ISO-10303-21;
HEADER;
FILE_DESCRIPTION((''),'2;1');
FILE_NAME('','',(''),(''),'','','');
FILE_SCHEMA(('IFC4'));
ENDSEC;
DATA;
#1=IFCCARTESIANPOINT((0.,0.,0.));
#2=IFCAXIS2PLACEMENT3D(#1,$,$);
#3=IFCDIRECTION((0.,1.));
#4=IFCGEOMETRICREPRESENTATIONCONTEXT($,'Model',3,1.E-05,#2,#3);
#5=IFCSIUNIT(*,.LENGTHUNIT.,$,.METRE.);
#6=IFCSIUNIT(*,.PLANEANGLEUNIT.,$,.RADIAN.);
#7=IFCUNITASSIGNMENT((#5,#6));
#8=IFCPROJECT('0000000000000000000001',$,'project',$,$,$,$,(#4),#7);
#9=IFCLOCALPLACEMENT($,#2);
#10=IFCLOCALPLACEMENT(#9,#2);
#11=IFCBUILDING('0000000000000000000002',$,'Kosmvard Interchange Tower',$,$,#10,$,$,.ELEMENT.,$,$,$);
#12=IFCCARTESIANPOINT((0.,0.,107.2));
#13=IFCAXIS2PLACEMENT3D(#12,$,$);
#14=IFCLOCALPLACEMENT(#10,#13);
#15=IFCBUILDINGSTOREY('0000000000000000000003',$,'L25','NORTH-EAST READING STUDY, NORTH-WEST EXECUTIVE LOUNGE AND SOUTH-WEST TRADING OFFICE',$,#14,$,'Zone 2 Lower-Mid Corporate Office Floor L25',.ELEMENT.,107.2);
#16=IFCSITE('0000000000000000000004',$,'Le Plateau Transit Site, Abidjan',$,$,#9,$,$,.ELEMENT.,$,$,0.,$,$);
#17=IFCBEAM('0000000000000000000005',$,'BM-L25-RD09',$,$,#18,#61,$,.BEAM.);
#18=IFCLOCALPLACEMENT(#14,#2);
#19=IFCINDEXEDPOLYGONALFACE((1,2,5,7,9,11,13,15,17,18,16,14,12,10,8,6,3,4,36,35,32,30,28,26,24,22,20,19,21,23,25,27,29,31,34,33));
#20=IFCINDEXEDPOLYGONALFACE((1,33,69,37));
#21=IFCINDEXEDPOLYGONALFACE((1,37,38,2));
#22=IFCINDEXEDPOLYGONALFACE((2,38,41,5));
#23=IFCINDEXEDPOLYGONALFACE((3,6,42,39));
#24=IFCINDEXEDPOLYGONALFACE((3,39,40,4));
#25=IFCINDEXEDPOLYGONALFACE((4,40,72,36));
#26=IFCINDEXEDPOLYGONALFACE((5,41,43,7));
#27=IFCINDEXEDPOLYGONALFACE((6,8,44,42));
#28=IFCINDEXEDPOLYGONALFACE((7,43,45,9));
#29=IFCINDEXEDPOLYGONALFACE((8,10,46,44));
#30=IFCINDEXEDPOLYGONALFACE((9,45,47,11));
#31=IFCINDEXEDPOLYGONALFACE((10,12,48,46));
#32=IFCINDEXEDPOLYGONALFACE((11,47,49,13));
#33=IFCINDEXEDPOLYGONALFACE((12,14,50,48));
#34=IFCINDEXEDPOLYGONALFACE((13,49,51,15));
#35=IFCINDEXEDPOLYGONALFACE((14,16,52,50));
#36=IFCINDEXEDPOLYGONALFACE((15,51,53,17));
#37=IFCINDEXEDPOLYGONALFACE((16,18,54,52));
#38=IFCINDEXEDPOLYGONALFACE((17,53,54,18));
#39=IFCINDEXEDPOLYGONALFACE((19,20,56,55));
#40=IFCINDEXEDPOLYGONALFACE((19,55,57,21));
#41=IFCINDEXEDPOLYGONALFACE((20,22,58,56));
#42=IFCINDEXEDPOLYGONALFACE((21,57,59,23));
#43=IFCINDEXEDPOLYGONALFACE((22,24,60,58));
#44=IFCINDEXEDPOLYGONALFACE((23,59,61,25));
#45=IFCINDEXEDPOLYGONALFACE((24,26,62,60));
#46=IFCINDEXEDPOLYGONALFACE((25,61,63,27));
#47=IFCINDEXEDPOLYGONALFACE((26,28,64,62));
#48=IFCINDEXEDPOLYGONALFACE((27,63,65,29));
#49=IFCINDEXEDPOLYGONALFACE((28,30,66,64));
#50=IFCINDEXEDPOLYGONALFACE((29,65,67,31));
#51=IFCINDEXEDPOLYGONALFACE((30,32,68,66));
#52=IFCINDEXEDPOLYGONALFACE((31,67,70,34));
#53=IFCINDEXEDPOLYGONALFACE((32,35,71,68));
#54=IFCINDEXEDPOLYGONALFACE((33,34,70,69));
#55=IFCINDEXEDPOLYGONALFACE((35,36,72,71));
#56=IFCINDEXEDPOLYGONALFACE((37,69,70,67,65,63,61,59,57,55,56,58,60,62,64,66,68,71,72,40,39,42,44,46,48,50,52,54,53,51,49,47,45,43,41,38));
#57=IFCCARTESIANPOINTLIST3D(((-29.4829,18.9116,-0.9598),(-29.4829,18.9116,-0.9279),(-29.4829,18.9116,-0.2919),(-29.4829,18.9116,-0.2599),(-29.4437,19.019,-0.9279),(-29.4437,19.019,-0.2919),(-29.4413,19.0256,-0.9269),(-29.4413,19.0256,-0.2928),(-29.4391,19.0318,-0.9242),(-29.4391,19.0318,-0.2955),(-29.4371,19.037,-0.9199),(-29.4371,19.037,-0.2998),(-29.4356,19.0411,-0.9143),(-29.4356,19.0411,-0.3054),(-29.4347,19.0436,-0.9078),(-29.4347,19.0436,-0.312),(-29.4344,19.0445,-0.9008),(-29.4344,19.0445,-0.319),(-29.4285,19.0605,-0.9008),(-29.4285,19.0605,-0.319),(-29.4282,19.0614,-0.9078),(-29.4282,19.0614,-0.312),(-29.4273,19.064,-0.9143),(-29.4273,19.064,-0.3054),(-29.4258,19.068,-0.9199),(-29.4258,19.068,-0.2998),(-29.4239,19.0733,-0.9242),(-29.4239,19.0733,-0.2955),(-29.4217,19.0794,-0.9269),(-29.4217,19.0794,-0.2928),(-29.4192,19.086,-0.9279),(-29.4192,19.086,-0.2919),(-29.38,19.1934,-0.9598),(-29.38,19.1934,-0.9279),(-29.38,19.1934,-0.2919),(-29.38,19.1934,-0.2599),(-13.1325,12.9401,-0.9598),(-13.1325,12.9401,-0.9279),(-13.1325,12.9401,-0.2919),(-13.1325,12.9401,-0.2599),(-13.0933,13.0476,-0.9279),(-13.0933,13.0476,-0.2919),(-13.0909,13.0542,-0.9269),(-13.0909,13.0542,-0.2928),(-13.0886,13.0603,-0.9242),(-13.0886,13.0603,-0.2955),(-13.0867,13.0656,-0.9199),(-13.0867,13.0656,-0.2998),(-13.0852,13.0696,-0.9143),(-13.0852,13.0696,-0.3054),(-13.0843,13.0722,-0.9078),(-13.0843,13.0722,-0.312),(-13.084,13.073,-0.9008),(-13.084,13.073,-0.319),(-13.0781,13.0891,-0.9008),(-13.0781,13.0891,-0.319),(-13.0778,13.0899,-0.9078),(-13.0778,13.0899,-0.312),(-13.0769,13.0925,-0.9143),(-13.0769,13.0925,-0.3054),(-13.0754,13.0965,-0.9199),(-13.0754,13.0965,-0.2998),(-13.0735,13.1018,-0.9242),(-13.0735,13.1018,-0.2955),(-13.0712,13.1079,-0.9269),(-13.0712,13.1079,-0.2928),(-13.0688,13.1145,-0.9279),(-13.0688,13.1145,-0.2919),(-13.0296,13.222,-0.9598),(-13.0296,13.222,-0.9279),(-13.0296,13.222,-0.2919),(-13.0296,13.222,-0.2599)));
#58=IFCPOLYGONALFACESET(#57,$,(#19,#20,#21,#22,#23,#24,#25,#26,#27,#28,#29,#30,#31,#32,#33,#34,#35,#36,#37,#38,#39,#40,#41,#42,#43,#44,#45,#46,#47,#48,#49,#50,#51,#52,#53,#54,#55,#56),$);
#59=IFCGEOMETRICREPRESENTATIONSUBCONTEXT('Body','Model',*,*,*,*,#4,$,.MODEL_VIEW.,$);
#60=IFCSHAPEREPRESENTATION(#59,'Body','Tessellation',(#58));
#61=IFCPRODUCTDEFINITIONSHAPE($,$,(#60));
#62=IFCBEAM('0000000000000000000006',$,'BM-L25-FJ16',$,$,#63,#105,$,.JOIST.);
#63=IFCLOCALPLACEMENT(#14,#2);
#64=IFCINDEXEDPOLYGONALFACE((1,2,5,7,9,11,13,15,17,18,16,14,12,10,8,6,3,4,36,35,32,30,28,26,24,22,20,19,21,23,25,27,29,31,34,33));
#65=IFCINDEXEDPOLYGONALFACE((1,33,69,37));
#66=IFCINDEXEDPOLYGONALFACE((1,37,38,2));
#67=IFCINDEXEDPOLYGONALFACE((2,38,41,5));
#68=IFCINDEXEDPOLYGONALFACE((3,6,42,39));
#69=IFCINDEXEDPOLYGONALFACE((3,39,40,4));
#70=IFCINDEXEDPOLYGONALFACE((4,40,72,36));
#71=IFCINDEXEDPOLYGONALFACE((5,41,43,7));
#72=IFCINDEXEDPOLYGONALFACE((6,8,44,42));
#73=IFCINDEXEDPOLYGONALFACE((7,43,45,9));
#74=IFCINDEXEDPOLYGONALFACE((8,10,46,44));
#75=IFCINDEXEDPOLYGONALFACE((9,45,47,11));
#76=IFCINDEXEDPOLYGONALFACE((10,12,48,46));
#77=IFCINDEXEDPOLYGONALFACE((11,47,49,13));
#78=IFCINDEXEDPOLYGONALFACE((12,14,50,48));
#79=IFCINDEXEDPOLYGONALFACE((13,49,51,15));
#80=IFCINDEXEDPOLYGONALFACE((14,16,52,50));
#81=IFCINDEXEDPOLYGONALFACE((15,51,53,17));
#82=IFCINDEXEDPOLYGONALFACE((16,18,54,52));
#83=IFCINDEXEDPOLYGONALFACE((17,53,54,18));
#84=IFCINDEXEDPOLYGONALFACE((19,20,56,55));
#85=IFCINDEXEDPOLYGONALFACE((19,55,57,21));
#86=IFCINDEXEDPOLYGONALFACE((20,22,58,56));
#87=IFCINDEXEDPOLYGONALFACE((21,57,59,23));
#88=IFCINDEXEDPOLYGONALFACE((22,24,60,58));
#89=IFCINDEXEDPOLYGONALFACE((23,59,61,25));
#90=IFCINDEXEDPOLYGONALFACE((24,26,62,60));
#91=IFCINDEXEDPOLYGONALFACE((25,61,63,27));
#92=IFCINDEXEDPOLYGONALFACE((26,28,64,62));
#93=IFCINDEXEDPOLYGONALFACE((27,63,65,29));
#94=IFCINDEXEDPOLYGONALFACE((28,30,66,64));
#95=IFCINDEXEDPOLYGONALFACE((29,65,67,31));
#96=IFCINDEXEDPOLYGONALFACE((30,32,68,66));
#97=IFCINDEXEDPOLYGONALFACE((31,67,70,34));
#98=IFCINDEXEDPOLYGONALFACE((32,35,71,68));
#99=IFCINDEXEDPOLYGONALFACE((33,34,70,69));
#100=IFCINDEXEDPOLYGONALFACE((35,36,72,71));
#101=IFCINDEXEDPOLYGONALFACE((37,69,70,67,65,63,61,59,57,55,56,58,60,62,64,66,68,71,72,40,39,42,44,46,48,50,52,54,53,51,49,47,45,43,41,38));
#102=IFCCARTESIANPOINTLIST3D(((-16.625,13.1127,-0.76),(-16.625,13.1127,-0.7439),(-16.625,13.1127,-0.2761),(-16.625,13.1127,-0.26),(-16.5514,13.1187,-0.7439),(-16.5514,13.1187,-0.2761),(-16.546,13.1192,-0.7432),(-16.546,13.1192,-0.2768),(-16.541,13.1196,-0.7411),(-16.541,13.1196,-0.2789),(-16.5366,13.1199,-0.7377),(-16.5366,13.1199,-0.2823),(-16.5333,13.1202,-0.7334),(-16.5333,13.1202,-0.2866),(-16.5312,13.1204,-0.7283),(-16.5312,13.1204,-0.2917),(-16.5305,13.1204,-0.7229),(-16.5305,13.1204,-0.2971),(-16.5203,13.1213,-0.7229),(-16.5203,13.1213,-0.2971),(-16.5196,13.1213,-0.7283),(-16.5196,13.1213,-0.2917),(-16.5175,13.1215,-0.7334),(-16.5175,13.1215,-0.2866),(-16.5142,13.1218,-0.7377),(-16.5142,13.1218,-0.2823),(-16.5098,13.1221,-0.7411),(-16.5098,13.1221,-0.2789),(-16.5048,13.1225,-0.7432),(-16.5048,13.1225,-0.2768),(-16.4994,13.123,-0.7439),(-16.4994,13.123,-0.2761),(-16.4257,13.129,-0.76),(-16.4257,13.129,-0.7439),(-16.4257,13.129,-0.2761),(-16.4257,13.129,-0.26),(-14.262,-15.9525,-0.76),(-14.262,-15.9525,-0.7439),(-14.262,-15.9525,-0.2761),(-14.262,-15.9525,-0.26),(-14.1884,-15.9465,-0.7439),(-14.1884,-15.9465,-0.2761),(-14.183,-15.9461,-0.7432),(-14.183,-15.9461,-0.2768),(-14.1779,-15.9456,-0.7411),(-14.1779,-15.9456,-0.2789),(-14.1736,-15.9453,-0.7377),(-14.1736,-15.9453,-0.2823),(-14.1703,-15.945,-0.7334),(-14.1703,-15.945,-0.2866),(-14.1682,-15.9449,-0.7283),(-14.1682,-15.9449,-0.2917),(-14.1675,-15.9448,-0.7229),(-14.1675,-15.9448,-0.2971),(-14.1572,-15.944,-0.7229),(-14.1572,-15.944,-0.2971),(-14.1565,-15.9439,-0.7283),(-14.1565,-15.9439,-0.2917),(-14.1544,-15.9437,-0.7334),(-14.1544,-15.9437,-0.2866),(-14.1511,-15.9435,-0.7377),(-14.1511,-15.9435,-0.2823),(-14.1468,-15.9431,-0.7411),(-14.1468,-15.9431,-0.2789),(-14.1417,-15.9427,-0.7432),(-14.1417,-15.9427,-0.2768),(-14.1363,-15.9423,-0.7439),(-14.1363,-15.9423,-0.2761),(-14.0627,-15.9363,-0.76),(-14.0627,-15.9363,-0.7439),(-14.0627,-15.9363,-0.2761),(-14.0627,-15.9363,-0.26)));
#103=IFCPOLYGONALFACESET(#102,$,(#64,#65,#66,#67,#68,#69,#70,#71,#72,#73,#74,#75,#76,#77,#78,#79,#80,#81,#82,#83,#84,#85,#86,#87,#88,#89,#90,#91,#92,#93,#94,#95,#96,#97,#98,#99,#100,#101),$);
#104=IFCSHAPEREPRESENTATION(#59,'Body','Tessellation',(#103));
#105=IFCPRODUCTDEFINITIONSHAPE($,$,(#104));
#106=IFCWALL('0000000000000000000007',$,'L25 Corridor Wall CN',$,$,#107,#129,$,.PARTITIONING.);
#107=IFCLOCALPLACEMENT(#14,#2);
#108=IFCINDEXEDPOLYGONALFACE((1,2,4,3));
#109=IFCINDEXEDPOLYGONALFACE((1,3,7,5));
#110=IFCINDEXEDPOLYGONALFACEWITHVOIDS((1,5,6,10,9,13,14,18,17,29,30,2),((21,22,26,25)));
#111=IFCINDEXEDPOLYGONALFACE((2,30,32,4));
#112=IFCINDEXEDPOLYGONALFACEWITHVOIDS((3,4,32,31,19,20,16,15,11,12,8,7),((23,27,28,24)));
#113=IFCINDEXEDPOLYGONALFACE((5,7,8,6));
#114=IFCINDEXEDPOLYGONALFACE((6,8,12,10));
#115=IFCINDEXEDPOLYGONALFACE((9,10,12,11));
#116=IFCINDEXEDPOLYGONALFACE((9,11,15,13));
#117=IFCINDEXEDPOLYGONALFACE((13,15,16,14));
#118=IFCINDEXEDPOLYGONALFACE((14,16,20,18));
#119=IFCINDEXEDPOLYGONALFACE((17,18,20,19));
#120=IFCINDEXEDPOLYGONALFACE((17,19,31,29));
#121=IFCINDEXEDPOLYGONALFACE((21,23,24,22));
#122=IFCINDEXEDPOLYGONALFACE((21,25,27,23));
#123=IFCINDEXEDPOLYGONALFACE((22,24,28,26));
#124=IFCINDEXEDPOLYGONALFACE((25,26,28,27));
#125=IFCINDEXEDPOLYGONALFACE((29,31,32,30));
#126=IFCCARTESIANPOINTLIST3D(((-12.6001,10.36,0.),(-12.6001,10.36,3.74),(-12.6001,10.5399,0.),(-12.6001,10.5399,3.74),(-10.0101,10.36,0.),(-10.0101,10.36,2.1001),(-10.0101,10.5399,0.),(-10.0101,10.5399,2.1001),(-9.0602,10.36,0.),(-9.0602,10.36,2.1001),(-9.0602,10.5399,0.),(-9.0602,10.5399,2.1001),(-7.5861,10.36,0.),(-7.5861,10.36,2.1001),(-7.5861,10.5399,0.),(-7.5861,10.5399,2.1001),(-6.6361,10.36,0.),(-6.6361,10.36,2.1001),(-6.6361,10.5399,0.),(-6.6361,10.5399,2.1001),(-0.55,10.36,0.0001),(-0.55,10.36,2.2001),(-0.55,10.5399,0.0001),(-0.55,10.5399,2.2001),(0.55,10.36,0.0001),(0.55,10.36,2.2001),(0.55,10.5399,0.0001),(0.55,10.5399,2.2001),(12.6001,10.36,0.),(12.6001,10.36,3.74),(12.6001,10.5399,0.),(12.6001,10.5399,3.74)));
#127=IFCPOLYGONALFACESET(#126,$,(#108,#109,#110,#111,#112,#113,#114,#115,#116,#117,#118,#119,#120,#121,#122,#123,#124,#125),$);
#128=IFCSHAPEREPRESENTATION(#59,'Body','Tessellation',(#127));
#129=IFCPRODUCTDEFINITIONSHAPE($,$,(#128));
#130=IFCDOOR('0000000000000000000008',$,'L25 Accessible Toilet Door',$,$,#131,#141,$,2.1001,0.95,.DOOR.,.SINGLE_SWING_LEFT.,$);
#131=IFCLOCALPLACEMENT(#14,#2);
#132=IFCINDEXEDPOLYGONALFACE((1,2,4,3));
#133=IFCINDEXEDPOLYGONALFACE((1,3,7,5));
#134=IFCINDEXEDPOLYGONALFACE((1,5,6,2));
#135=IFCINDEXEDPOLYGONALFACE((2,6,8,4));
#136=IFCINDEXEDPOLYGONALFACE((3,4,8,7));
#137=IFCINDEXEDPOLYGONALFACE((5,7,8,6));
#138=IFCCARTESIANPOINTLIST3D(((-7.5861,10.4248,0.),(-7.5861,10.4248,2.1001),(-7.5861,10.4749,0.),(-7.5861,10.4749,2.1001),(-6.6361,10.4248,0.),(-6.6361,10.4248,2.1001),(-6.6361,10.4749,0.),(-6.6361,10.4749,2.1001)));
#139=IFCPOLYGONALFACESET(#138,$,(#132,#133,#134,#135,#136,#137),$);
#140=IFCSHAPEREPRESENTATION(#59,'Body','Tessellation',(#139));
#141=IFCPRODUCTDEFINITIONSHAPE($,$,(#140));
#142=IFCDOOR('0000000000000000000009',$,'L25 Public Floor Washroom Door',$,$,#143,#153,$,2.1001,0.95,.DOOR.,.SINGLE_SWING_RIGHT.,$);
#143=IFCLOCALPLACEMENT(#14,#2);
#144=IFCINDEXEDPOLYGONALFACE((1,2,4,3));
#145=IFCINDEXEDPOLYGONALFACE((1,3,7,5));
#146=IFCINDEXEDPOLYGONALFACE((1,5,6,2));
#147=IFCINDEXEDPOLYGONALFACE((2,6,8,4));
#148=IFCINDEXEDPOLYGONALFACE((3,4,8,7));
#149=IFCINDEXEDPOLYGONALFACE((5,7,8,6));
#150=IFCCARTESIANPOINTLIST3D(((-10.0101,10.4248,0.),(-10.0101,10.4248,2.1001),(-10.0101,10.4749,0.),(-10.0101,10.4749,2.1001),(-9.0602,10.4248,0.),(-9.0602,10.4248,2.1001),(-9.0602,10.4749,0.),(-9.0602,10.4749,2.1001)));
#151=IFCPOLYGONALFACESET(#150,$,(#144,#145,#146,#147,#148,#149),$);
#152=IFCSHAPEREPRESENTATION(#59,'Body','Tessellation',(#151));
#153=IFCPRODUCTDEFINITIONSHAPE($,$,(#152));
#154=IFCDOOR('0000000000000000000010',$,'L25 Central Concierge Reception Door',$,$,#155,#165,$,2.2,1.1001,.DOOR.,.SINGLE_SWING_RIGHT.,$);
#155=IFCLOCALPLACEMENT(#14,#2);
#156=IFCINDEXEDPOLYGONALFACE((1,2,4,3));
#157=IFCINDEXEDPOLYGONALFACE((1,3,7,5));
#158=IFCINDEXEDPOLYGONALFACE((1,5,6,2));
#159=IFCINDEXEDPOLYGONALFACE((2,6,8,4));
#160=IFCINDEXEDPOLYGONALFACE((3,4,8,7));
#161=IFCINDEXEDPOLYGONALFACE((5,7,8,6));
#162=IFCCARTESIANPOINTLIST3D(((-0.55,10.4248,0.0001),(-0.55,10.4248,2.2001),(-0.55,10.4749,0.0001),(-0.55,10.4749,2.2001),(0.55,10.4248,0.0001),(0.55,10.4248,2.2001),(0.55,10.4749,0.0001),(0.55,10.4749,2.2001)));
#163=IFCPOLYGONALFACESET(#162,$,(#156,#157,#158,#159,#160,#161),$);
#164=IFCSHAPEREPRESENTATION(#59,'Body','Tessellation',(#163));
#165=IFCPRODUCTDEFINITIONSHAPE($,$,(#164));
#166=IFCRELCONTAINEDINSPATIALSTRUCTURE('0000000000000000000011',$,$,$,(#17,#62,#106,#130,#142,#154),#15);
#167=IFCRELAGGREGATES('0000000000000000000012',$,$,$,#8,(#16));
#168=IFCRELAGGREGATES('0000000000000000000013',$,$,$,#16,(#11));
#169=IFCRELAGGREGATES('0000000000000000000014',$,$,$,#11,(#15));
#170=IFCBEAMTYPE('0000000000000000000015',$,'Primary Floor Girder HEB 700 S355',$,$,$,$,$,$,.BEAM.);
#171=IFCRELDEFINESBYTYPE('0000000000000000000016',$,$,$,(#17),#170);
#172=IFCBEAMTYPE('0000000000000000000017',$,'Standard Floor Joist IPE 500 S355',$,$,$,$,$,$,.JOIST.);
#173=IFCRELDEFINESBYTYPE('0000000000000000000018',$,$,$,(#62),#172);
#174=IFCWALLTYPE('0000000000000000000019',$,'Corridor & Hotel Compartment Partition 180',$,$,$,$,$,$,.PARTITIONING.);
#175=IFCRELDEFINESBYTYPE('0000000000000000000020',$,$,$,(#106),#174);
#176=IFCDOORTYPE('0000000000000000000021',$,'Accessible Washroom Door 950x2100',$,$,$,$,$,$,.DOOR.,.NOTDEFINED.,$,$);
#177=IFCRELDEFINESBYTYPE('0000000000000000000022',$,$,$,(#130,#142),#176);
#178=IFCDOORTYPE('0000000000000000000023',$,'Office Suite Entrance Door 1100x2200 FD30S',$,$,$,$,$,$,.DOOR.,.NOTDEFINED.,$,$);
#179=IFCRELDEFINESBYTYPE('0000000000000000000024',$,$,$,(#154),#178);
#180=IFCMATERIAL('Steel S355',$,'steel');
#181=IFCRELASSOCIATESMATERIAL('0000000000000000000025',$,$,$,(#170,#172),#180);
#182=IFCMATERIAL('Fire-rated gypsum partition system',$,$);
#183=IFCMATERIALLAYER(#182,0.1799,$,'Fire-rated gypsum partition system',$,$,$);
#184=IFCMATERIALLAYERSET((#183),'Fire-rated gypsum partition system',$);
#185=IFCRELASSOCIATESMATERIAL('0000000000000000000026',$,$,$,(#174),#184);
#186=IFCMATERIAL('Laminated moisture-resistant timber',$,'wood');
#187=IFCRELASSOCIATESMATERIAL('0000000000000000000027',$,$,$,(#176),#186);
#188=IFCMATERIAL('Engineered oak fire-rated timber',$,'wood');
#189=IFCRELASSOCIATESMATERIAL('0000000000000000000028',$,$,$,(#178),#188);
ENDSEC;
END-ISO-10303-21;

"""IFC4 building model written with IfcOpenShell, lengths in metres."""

from ifc_helpers import new_model, si_unit, direction, frame, frame_2d, origin, origin_2d, place, context, subcontext, project, spatial, rectangle, i_section, extrude, source, transform, mapped, material, layer, layer_set, material_profile, profile_set, type_object, element, fill, save


model = new_model("IFC4")

# Units and contexts
model_context = context("Model", 3, precision=1e-05, world=origin(), true_north=direction((0.0, 1.0)))
body_context = subcontext(model_context, "Body", "Model", "MODEL_VIEW")
ifc_project = project(units=[si_unit("LENGTHUNIT", "METRE"), si_unit("PLANEANGLEUNIT", "RADIAN")], contexts=[model_context])

# Site, building, storey
site_placement = place(None, origin())
site = spatial("IfcSite", under=ifc_project, at=site_placement, Name="Le Plateau Transit Site, Abidjan", CompositionType="ELEMENT", RefElevation=0.0)
building_placement = place(site_placement, origin())
building = spatial("IfcBuilding", under=site, at=building_placement, Name="Kosmvard Interchange Tower", CompositionType="ELEMENT")
storey_placement = place(building_placement, frame((0.0, 0.0, 107.2)))
storey = spatial("IfcBuildingStorey", under=building, at=storey_placement, Name="L25", Description="NORTH-EAST READING STUDY, NORTH-WEST EXECUTIVE LOUNGE AND SOUTH-WEST TRADING OFFICE", LongName="Zone 2 Lower-Mid Corporate Office Floor L25", CompositionType="ELEMENT", Elevation=107.2)

# Beams
ifc_material_1 = material(Name="Steel S355", Category="steel")
ifc_material_profile_1 = material_profile(ifc_material_1, i_section(OverallWidth=0.3, OverallDepth=0.7, WebThickness=0.0171, FlangeThickness=0.032, FilletRadius=0.0271, at=origin_2d()), Name="HEB 700")
ifc_profile_set_1 = profile_set([ifc_material_profile_1], Name="Steel S355")
beam_type_1 = type_object("IfcBeamType", Name="Primary Floor Girder HEB 700 S355", PredefinedType="BEAM", material=ifc_profile_set_1)
shared_shape_1 = source(origin(), body_context, "Body", "SweptSolid", [
    extrude(i_section(OverallWidth=0.3, OverallDepth=0.7, WebThickness=0.0171, FlangeThickness=0.032, FilletRadius=0.0271, at=origin_2d()), origin(), (0.0, 0.0, 1.0), 17.4067),
])
beam_1_placement = place(storey_placement, frame((-13.0811, 13.0811, -0.6099), z_axis=(-0.939315, 0.343055, 0.0), x_axis=(-0.343055, -0.939315, 0.0)))
element("IfcBeam", 1, at=beam_1_placement, inside=storey, type_object=beam_type_1, Name="BM-L25-RD09", PredefinedType="BEAM", context=body_context, shape_type="MappedRepresentation", body=[
    mapped(shared_shape_1, transform((0.0, 0.0, 0.0), scale=1.0)),
])
ifc_material_profile_2 = material_profile(ifc_material_1, i_section(OverallWidth=0.2, OverallDepth=0.5, WebThickness=0.0103, FlangeThickness=0.0161, FilletRadius=0.021, at=origin_2d()), Name="IPE 500")
ifc_profile_set_2 = profile_set([ifc_material_profile_2], Name="Steel S355")
beam_type_2 = type_object("IfcBeamType", Name="Standard Floor Joist IPE 500 S355", PredefinedType="JOIST", material=ifc_profile_set_2)
shared_shape_2 = source(origin(), body_context, "Body", "SweptSolid", [
    extrude(i_section(OverallWidth=0.2, OverallDepth=0.5, WebThickness=0.0103, FlangeThickness=0.0161, FilletRadius=0.021, at=origin_2d()), origin(), (0.0, 0.0, 1.0), 29.1611),
])
beam_2_placement = place(storey_placement, frame((-16.5254, 13.1208, -0.51), z_axis=(0.081034, -0.996711, 0.0), x_axis=(0.996711, 0.081034, 0.0)))
element("IfcBeam", 2, at=beam_2_placement, inside=storey, type_object=beam_type_2, Name="BM-L25-FJ16", PredefinedType="JOIST", context=body_context, shape_type="MappedRepresentation", body=[
    mapped(shared_shape_2, transform((0.0, 0.0, 0.0), scale=1.0)),
])

# Wall, openings, doors
ifc_material_2 = material(Name="Fire-rated gypsum partition system")
ifc_layer_1 = layer(ifc_material_2, 0.1799, Name="Fire-rated gypsum partition system")
ifc_layer_set_1 = layer_set([ifc_layer_1], Name="Fire-rated gypsum partition system")
wall_type = type_object("IfcWallType", Name="Corridor & Hotel Compartment Partition 180", PredefinedType="PARTITIONING", material=ifc_layer_set_1)
wall_1_placement = place(storey_placement, frame((-12.6001, 10.45, 0.0), z_axis=(0.0, 0.0, 1.0), x_axis=(1.0, 0.0, 0.0)))
wall_1 = element("IfcWall", 3, at=wall_1_placement, inside=storey, type_object=wall_type, Name="L25 Corridor Wall CN", PredefinedType="PARTITIONING", context=body_context, shape_type="SweptSolid", body=[
    extrude(rectangle(XDim=25.2002, YDim=0.1799, at=frame_2d((12.6001, 0.0))), origin(), (0.0, 0.0, 1.0), 3.74),
])
opening_1_placement = place(wall_1_placement, frame((5.0139, 0.0, 0.0)))
opening_1 = element("IfcOpeningElement", 4, at=opening_1_placement, cuts=wall_1, PredefinedType="OPENING", context=body_context, shape_type="SweptSolid", body=[
    extrude(rectangle(XDim=0.95, YDim=2.1001, at=frame_2d((0.4751, 1.05))), frame((0.0, 0.1001, 0.0), z_axis=(0.0, -1.0, 0.0), x_axis=(1.0, 0.0, 0.0)), (0.0, 0.0, 1.0), 0.2),
])
opening_2_placement = place(wall_1_placement, frame((2.5898, 0.0, 0.0)))
opening_2 = element("IfcOpeningElement", 5, at=opening_2_placement, cuts=wall_1, PredefinedType="OPENING", context=body_context, shape_type="SweptSolid", body=[
    extrude(rectangle(XDim=0.95, YDim=2.1001, at=frame_2d((0.4751, 1.05))), frame((0.0, 0.1001, 0.0), z_axis=(0.0, -1.0, 0.0), x_axis=(1.0, 0.0, 0.0)), (0.0, 0.0, 1.0), 0.2),
])
opening_3_placement = place(wall_1_placement, frame((12.05, 0.0, 0.0)))
opening_3 = element("IfcOpeningElement", 6, at=opening_3_placement, cuts=wall_1, PredefinedType="OPENING", context=body_context, shape_type="SweptSolid", body=[
    extrude(rectangle(XDim=1.1001, YDim=2.2, at=frame_2d((0.55, 1.1001))), frame((0.0, 0.1001, 0.0), z_axis=(0.0, -1.0, 0.0), x_axis=(1.0, 0.0, 0.0)), (0.0, 0.0, 1.0), 0.2),
])
ifc_material_3 = material(Name="Laminated moisture-resistant timber", Category="wood")
door_type_1 = type_object("IfcDoorType", Name="Accessible Washroom Door 950x2100", OperationType="NOTDEFINED", PredefinedType="DOOR", material=ifc_material_3)
shared_shape_3 = source(origin(), body_context, "Body", "SweptSolid", [
    extrude(rectangle(XDim=0.95, YDim=2.1001, at=frame_2d((0.4751, 1.05))), frame((0.0, 0.0249, 0.0), z_axis=(0.0, -1.0, 0.0), x_axis=(1.0, 0.0, 0.0)), (0.0, 0.0, 1.0), 0.05),
])
door_1_placement = place(opening_1_placement, origin())
door_1 = element("IfcDoor", 7, at=door_1_placement, inside=storey, type_object=door_type_1, Name="L25 Accessible Toilet Door", OperationType="SINGLE_SWING_LEFT", OverallHeight=2.1001, OverallWidth=0.95, PredefinedType="DOOR", context=body_context, shape_type="MappedRepresentation", body=[
    mapped(shared_shape_3, transform((0.0, 0.0, 0.0), scale=1.0)),
])
fill(opening_1, door_1)
door_2_placement = place(opening_2_placement, origin())
door_2 = element("IfcDoor", 8, at=door_2_placement, inside=storey, type_object=door_type_1, Name="L25 Public Floor Washroom Door", OperationType="SINGLE_SWING_RIGHT", OverallHeight=2.1001, OverallWidth=0.95, PredefinedType="DOOR", context=body_context, shape_type="MappedRepresentation", body=[
    mapped(shared_shape_3, transform((0.0, 0.0, 0.0), scale=1.0)),
])
fill(opening_2, door_2)
ifc_material_4 = material(Name="Engineered oak fire-rated timber", Category="wood")
door_type_2 = type_object("IfcDoorType", Name="Office Suite Entrance Door 1100x2200 FD30S", OperationType="NOTDEFINED", PredefinedType="DOOR", material=ifc_material_4)
shared_shape_4 = source(origin(), body_context, "Body", "SweptSolid", [
    extrude(rectangle(XDim=1.1001, YDim=2.2, at=frame_2d((0.55, 1.1001))), frame((0.0, 0.0249, 0.0), z_axis=(0.0, -1.0, 0.0), x_axis=(1.0, 0.0, 0.0)), (0.0, 0.0, 1.0), 0.05),
])
door_3_placement = place(opening_3_placement, origin())
door_3 = element("IfcDoor", 9, at=door_3_placement, inside=storey, type_object=door_type_2, Name="L25 Central Concierge Reception Door", OperationType="SINGLE_SWING_RIGHT", OverallHeight=2.2, OverallWidth=1.1001, PredefinedType="DOOR", context=body_context, shape_type="MappedRepresentation", body=[
    mapped(shared_shape_4, transform((0.0, 0.0, 0.0), scale=1.0)),
])
fill(opening_3, door_3)

save(model, "model.ifc")
